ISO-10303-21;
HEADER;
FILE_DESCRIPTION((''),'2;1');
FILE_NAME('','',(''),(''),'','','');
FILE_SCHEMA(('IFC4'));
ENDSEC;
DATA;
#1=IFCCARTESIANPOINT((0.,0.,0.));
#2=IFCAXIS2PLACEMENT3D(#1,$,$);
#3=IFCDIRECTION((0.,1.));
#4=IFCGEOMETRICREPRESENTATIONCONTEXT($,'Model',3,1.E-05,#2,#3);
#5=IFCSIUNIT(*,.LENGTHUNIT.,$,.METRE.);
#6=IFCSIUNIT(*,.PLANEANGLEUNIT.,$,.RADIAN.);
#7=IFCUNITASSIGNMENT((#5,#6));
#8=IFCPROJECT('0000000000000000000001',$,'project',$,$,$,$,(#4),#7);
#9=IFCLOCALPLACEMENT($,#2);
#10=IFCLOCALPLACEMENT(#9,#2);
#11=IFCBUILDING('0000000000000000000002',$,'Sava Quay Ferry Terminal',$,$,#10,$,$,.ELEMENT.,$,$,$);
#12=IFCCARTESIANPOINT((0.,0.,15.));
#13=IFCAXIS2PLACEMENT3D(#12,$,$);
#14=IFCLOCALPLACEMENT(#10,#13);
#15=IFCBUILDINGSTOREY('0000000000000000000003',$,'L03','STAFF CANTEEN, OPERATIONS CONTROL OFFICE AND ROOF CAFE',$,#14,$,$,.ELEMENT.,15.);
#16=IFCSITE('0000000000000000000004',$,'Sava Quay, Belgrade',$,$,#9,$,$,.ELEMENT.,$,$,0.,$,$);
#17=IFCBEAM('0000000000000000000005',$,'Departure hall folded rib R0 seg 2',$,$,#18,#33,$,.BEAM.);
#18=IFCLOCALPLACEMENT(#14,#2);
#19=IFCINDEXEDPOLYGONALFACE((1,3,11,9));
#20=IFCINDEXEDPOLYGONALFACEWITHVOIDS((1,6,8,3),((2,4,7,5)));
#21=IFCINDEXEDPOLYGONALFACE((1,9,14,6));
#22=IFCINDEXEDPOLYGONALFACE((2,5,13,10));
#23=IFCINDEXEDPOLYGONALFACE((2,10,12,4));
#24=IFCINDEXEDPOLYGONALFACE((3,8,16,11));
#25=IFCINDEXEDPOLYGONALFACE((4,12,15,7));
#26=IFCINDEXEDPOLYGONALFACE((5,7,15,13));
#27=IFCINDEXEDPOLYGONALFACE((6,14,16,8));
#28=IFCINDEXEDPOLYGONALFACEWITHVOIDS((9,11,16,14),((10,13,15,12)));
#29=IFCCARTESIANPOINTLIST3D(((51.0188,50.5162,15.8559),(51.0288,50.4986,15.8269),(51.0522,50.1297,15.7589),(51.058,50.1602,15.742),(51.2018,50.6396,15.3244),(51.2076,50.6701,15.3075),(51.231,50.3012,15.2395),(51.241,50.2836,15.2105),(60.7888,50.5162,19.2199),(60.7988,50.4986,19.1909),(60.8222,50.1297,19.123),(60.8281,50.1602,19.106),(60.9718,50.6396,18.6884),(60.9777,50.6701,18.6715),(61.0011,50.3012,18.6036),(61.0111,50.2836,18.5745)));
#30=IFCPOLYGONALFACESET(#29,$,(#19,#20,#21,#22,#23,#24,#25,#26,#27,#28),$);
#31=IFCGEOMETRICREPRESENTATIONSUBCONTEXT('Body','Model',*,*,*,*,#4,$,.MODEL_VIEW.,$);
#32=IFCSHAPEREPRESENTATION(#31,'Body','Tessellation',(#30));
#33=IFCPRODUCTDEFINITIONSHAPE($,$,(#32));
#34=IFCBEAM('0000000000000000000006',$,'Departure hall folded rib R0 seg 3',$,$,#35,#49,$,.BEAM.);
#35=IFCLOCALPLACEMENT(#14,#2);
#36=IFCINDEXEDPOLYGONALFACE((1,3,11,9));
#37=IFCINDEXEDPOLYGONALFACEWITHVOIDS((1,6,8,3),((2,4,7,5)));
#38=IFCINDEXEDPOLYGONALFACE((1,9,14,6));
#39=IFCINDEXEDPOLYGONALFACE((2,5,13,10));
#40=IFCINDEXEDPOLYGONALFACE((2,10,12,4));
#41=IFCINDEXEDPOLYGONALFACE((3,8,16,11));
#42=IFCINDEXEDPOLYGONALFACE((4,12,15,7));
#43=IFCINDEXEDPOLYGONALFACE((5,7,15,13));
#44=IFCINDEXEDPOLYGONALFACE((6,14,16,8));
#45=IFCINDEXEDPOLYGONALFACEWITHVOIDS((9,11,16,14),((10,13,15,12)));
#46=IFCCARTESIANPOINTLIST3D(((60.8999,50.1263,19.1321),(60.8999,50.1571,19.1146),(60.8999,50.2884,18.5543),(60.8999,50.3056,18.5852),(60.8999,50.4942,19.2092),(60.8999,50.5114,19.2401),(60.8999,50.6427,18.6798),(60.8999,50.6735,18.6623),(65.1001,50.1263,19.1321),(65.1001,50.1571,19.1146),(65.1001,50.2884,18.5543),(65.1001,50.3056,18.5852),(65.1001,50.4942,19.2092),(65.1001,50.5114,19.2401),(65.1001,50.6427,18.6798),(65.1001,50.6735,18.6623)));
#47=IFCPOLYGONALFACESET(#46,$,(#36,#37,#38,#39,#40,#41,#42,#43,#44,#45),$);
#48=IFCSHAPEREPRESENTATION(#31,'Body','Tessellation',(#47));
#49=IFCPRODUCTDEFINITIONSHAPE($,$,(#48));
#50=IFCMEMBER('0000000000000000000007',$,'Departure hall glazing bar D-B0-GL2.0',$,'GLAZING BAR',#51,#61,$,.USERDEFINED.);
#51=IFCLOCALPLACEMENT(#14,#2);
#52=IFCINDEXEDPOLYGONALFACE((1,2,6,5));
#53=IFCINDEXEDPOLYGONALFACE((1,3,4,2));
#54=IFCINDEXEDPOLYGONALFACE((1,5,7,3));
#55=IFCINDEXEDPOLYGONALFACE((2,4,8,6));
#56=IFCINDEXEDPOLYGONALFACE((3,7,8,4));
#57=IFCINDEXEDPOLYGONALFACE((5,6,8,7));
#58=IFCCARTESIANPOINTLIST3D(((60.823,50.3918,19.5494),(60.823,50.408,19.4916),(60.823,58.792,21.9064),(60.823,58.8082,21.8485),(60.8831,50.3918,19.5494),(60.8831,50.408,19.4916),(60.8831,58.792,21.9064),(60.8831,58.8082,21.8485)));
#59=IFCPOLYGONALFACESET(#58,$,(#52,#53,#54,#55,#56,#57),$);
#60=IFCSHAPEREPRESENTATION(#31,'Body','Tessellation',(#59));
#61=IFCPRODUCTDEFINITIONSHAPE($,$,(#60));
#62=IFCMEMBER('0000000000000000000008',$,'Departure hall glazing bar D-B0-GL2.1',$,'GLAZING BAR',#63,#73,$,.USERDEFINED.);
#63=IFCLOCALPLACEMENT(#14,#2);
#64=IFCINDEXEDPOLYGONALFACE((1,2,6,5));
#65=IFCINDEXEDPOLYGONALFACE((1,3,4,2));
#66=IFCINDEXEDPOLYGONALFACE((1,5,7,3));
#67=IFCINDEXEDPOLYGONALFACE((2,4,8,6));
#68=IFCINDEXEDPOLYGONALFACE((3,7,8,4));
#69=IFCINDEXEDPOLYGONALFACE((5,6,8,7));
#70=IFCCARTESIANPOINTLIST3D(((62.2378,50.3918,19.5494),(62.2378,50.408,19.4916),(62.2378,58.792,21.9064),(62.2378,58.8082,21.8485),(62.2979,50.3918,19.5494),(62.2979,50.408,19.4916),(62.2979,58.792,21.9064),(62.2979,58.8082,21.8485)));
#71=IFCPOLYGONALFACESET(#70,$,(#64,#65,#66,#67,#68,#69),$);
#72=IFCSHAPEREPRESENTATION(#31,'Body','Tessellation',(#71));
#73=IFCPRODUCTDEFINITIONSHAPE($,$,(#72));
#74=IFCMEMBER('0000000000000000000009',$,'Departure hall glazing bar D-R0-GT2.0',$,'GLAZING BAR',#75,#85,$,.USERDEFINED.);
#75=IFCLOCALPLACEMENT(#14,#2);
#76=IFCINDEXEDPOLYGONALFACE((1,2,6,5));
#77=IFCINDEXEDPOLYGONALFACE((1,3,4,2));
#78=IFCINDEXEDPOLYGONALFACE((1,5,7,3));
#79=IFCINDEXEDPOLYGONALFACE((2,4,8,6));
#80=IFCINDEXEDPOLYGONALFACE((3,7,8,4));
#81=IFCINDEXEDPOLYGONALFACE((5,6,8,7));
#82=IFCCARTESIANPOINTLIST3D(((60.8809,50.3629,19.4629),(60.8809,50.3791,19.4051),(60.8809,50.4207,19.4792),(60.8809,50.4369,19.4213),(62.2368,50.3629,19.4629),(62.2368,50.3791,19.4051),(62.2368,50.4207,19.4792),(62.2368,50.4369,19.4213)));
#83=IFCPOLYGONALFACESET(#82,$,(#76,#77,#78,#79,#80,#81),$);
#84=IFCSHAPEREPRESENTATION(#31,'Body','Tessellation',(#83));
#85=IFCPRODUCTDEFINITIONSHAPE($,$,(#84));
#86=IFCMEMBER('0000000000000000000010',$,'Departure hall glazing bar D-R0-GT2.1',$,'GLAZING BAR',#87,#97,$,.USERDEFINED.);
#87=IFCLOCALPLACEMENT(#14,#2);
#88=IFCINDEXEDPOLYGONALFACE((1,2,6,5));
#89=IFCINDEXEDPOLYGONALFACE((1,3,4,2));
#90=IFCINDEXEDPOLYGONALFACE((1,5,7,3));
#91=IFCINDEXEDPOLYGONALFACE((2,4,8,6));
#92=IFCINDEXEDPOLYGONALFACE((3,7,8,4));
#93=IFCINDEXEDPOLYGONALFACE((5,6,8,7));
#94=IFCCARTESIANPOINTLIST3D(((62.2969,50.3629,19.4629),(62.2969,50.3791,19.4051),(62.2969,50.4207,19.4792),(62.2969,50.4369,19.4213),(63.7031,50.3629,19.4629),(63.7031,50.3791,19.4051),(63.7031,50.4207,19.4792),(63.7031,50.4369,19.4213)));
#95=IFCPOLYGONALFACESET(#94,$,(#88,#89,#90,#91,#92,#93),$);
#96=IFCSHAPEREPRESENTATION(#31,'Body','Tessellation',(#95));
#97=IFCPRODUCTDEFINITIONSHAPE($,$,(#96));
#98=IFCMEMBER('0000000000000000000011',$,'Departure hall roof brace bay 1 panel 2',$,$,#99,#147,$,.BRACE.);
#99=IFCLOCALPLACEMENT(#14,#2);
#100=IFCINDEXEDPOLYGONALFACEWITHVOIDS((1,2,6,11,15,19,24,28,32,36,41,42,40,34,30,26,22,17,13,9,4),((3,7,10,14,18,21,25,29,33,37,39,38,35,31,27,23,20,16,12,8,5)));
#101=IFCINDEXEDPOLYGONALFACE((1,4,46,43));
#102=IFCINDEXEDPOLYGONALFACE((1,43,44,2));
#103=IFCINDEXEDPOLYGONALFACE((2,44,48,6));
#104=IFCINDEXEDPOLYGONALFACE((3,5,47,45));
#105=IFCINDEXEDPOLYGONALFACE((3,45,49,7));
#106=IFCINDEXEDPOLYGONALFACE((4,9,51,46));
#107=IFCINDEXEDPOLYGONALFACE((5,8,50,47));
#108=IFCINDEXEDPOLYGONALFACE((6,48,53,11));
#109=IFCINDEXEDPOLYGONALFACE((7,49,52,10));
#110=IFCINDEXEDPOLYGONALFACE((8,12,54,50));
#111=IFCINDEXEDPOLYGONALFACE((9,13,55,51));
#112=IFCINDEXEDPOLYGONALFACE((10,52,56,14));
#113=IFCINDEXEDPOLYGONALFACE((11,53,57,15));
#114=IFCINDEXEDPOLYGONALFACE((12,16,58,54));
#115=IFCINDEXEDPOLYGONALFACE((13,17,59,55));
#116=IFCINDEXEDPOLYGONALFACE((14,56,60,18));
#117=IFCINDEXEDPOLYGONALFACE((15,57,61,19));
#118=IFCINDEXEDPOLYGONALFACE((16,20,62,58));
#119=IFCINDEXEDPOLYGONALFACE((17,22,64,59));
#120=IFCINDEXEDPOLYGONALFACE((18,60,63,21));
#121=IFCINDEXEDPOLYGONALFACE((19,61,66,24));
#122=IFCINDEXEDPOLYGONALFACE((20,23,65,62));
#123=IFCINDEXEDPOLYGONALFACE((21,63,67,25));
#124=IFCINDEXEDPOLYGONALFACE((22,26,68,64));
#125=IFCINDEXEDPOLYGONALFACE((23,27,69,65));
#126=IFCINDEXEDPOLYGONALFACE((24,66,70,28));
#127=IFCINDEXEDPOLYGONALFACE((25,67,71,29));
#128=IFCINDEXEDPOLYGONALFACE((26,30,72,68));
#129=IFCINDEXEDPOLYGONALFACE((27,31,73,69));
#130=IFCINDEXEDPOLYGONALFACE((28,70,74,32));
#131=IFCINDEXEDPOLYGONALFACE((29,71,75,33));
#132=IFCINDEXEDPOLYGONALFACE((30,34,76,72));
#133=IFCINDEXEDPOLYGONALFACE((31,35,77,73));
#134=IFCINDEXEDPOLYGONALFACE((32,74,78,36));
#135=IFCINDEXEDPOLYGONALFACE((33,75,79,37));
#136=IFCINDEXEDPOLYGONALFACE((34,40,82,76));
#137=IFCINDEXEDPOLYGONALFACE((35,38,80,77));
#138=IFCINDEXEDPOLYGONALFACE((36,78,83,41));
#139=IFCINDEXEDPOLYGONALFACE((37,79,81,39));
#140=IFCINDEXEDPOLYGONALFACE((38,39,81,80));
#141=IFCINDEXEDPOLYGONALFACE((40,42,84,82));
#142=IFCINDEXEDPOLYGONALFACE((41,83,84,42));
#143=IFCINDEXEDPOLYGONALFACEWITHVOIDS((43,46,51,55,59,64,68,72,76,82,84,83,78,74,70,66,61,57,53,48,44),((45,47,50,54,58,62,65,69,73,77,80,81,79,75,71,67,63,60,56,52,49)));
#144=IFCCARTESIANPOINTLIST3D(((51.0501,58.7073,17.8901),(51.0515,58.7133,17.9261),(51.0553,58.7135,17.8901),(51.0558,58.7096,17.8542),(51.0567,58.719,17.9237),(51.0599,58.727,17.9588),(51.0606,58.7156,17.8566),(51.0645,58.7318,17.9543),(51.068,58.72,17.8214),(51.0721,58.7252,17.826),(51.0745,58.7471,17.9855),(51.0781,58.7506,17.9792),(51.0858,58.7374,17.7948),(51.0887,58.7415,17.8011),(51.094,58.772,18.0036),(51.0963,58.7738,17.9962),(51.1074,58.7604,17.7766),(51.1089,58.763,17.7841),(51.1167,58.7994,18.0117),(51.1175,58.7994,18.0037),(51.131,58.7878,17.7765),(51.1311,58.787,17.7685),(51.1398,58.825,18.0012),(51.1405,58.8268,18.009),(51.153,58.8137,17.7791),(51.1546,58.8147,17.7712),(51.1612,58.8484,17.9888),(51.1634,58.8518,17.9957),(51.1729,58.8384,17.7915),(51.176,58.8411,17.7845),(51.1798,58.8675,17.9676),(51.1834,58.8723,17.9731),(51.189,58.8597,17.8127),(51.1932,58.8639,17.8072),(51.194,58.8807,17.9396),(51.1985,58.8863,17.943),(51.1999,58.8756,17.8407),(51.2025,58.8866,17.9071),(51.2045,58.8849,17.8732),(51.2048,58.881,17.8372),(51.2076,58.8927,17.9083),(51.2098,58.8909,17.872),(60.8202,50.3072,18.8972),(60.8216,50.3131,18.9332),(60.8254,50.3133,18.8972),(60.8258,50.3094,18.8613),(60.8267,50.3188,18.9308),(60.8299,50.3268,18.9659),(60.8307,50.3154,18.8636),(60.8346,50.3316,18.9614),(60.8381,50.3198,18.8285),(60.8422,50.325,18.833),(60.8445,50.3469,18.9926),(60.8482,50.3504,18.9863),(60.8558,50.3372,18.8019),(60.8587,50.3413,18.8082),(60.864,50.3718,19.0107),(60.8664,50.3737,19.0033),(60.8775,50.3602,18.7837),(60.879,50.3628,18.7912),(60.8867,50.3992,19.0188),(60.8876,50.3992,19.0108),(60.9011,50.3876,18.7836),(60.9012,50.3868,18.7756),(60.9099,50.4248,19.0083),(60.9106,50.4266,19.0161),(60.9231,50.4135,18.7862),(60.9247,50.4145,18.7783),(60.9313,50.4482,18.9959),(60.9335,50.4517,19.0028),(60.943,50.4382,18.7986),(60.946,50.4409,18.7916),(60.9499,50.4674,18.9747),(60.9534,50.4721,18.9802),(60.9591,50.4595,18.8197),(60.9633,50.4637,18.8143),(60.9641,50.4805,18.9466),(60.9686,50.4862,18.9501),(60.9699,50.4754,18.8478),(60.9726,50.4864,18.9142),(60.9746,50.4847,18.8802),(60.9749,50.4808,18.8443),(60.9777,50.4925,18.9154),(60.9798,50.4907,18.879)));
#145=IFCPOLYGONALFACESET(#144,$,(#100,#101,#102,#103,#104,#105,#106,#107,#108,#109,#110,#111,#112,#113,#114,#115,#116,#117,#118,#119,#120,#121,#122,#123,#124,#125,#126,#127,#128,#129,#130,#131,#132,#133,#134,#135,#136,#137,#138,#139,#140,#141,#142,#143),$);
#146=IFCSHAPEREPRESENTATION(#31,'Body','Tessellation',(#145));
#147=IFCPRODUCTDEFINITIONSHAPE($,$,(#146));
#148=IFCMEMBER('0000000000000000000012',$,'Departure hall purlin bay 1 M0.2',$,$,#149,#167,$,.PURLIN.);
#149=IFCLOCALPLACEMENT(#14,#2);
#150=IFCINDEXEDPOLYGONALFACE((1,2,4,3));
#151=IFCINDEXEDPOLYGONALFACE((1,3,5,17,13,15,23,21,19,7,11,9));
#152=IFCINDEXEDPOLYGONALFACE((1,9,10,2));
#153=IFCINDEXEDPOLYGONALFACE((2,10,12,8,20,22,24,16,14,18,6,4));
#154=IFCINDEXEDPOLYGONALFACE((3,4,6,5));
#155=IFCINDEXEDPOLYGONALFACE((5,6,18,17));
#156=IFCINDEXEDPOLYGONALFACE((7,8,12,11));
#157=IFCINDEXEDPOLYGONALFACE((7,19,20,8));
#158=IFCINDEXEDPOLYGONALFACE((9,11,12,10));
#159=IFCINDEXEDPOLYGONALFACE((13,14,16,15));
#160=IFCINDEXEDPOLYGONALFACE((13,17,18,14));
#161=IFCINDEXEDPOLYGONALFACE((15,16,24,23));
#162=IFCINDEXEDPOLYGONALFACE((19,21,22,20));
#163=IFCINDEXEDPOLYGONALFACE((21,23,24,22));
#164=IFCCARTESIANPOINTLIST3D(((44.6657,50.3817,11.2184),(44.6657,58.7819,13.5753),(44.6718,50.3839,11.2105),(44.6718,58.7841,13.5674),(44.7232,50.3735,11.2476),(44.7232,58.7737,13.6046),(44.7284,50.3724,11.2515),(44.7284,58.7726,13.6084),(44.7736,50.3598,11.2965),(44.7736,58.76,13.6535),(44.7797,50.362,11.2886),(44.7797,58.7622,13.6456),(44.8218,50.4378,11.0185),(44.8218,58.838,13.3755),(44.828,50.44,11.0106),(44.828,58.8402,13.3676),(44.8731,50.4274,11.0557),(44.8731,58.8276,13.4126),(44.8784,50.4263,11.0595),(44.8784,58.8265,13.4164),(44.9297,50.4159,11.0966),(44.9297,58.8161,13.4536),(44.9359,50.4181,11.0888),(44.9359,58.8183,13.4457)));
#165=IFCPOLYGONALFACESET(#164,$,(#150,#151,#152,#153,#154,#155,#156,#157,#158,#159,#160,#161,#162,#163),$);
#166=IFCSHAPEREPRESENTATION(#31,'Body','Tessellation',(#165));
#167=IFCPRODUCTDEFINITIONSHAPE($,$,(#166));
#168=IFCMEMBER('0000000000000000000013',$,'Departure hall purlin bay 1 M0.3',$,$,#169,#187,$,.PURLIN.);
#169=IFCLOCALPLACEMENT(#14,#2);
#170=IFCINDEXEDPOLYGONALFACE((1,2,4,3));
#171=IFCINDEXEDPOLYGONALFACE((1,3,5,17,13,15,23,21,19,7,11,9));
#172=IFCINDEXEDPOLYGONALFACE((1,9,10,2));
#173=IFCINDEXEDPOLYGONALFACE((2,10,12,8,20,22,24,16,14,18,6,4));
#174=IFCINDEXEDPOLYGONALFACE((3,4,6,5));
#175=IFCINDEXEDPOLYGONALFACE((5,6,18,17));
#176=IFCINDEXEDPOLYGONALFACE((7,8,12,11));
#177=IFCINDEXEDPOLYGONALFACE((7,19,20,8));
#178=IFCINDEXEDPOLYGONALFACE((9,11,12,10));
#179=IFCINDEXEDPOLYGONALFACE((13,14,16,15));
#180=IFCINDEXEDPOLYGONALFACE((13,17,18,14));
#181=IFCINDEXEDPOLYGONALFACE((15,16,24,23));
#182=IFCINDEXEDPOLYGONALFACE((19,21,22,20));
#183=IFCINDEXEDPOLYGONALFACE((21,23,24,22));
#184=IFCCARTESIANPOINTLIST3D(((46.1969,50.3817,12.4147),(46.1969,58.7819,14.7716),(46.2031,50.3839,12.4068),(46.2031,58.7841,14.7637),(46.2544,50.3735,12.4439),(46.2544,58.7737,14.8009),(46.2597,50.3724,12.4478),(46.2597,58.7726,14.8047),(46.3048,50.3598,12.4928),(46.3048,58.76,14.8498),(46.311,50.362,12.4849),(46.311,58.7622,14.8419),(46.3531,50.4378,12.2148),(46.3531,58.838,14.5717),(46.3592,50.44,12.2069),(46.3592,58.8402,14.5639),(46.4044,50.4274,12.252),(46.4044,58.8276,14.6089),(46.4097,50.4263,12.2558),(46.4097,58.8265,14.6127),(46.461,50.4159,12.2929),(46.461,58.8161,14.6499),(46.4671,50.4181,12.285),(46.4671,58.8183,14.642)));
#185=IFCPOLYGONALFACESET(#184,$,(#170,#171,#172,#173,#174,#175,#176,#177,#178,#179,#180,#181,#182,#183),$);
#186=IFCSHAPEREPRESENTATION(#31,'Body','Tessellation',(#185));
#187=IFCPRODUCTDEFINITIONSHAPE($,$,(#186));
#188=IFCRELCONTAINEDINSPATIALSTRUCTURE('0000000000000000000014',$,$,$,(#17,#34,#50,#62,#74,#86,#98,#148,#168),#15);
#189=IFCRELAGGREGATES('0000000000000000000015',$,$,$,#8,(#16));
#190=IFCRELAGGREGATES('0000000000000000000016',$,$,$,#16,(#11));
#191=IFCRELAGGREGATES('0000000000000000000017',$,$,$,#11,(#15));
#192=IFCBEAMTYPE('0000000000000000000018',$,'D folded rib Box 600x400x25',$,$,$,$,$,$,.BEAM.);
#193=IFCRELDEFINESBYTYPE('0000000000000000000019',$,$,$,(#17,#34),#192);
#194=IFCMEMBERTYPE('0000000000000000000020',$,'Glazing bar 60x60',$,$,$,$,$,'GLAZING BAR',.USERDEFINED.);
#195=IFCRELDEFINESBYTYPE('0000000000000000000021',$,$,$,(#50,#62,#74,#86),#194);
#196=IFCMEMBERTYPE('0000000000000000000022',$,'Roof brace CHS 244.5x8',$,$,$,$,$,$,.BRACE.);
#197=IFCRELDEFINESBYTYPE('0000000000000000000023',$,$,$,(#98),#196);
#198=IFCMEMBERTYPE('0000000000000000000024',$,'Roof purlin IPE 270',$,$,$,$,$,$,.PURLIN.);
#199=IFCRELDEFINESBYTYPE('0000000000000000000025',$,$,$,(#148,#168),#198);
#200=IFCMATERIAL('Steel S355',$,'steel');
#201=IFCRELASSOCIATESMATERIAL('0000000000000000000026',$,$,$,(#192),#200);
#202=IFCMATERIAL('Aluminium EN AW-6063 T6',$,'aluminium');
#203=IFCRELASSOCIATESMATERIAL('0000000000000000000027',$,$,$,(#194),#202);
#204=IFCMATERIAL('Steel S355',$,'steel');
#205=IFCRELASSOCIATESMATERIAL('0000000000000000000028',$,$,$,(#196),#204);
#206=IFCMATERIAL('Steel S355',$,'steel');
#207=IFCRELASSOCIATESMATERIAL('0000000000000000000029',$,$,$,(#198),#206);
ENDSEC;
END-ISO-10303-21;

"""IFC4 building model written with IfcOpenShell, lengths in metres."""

from ifc_helpers import new_model, si_unit, direction, frame, origin, origin_2d, place, context, subcontext, project, spatial, polyline, rectangle, hollow_circle, i_section, outline, extrude, material, material_profile, profile_set, type_object, element, save


model = new_model("IFC4")

# Units and contexts
model_context = context("Model", 3, precision=1e-05, world=origin(), true_north=direction((0.0, 1.0)))
body_context = subcontext(model_context, "Body", "Model", "MODEL_VIEW")
ifc_project = project(units=[si_unit("LENGTHUNIT", "METRE"), si_unit("PLANEANGLEUNIT", "RADIAN")], contexts=[model_context])

# Site, building, storey
site_placement = place(None, origin())
site = spatial("IfcSite", under=ifc_project, at=site_placement, Name="Sava Quay, Belgrade", CompositionType="ELEMENT", RefElevation=0.0)
building_placement = place(site_placement, origin())
building = spatial("IfcBuilding", under=site, at=building_placement, Name="Sava Quay Ferry Terminal", CompositionType="ELEMENT")
storey_placement = place(building_placement, frame((0.0, 0.0, 15.0)))
storey = spatial("IfcBuildingStorey", under=building, at=storey_placement, Name="L03", Description="STAFF CANTEEN, OPERATIONS CONTROL OFFICE AND ROOF CAFE", CompositionType="ELEMENT", Elevation=15.0)

# Beams
ifc_material_1 = material(Name="Steel S355", Category="steel")
ifc_material_profile_1 = material_profile(ifc_material_1, outline(polyline([(-0.2, -0.3), (0.2, -0.3), (0.2, 0.3), (-0.2, 0.3), (-0.2, -0.3)]), holes=[polyline([(-0.175, -0.2749), (-0.175, 0.2749), (0.175, 0.2749), (0.175, -0.2749), (-0.175, -0.2749)])]), Name="Box 600x400x25 built-up")
ifc_profile_set_1 = profile_set([ifc_material_profile_1], Name="Steel S355")
beam_type = type_object("IfcBeamType", Name="D folded rib Box 600x400x25", PredefinedType="BEAM", material=ifc_profile_set_1)
beam_1_placement = place(storey_placement, frame((51.1299, 50.3999, 15.5332), z_axis=(0.945521, 0.0, 0.325562), x_axis=(-0.083486, 0.966561, 0.242466)))
element("IfcBeam", 1, at=beam_1_placement, inside=storey, type_object=beam_type, Name="Departure hall folded rib R0 seg 2", PredefinedType="BEAM", context=body_context, shape_type="SweptSolid", body=[
    extrude(outline(polyline([(-0.2, -0.3), (0.2, -0.3), (0.2, 0.3), (-0.2, 0.3), (-0.2, -0.3)]), holes=[polyline([(-0.175, -0.2749), (-0.175, 0.2749), (0.175, 0.2749), (0.175, -0.2749), (-0.175, -0.2749)])]), origin(), (0.0, 0.0, 1.0), 10.333),
])
beam_2_placement = place(storey_placement, frame((60.8999, 50.3999, 18.8972), z_axis=(1.0, 0.0, 0.0), x_axis=(0.0, 0.962815, 0.270161)))
element("IfcBeam", 2, at=beam_2_placement, inside=storey, type_object=beam_type, Name="Departure hall folded rib R0 seg 3", PredefinedType="BEAM", context=body_context, shape_type="SweptSolid", body=[
    extrude(outline(polyline([(-0.2, -0.3), (0.2, -0.3), (0.2, 0.3), (-0.2, 0.3), (-0.2, -0.3)]), holes=[polyline([(-0.175, -0.2749), (-0.175, 0.2749), (0.175, 0.2749), (0.175, -0.2749), (-0.175, -0.2749)])]), origin(), (0.0, 0.0, 1.0), 4.2002),
])

# Members
ifc_material_2 = material(Name="Aluminium EN AW-6063 T6", Category="aluminium")
ifc_material_profile_2 = material_profile(ifc_material_2, rectangle(XDim=0.0601, YDim=0.0601, at=origin_2d()), Name="Bar 60 x 60")
ifc_profile_set_2 = profile_set([ifc_material_profile_2], Name="Aluminium EN AW-6063 T6")
member_type_1 = type_object("IfcMemberType", Name="Glazing bar 60x60", ElementType="GLAZING BAR", PredefinedType="USERDEFINED", material=ifc_profile_set_2)
for number, where, z_axis, x_axis, name in (
    (3, (60.853, 50.3999, 19.5205), (0.0, 0.962818, 0.27015), (-1.0, 0.0, 0.0), "Departure hall glazing bar D-B0-GL2.0"),
    (4, (62.2678, 50.3999, 19.5205), (0.0, 0.962818, 0.27015), (-1.0, 0.0, 0.0), "Departure hall glazing bar D-B0-GL2.1"),
):
    element("IfcMember", number, at=place(storey_placement, frame(where, z_axis=z_axis, x_axis=x_axis)), inside=storey, type_object=member_type_1, Name=name, ObjectType="GLAZING BAR", PredefinedType="USERDEFINED", context=body_context, shape_type="SweptSolid", body=[
        extrude(rectangle(XDim=0.0601, YDim=0.0601, at=origin_2d()), origin(), (0.0, 0.0, 1.0), 8.7246),
    ])
member_1_placement = place(storey_placement, frame((60.8809, 50.3999, 19.4421), z_axis=(1.0, 0.0, 0.0), x_axis=(0.0, 0.962815, 0.270161)))
element("IfcMember", 5, at=member_1_placement, inside=storey, type_object=member_type_1, Name="Departure hall glazing bar D-R0-GT2.0", ObjectType="GLAZING BAR", PredefinedType="USERDEFINED", context=body_context, shape_type="SweptSolid", body=[
    extrude(rectangle(XDim=0.0601, YDim=0.0601, at=origin_2d()), origin(), (0.0, 0.0, 1.0), 1.356),
])
member_2_placement = place(storey_placement, frame((62.2969, 50.3999, 19.4421), z_axis=(1.0, 0.0, 0.0), x_axis=(0.0, 0.962815, 0.270161)))
element("IfcMember", 6, at=member_2_placement, inside=storey, type_object=member_type_1, Name="Departure hall glazing bar D-R0-GT2.1", ObjectType="GLAZING BAR", PredefinedType="USERDEFINED", context=body_context, shape_type="SweptSolid", body=[
    extrude(rectangle(XDim=0.0601, YDim=0.0601, at=origin_2d()), origin(), (0.0, 0.0, 1.0), 1.4062),
])
ifc_material_3 = material(Name="Steel S355", Category="steel")
ifc_material_profile_3 = material_profile(ifc_material_3, hollow_circle(Radius=0.1223, WallThickness=0.0081, at=origin_2d()), Name="CHS 244.5 x 8.0")
ifc_profile_set_3 = profile_set([ifc_material_profile_3], Name="Steel S355")
member_type_2 = type_object("IfcMemberType", Name="Roof brace CHS 244.5x8", PredefinedType="BRACE", material=ifc_profile_set_3)
member_3_placement = place(storey_placement, frame((60.8999, 50.3999, 18.8972), z_axis=(-0.755959, 0.649965, -0.077923), x_axis=(-0.651947, -0.758265, 0.0)))
element("IfcMember", 7, at=member_3_placement, inside=storey, type_object=member_type_2, Name="Departure hall roof brace bay 1 panel 2", PredefinedType="BRACE", context=body_context, shape_type="SweptSolid", body=[
    extrude(hollow_circle(Radius=0.1223, WallThickness=0.0081, at=origin_2d()), origin(), (0.0, 0.0, 1.0), 12.9241),
])
ifc_material_4 = material(Name="Steel S355", Category="steel")
ifc_material_profile_4 = material_profile(ifc_material_4, i_section(OverallWidth=0.135, OverallDepth=0.27, WebThickness=0.0066, FlangeThickness=0.0103, at=origin_2d()), Name="IPE 270")
ifc_profile_set_4 = profile_set([ifc_material_profile_4], Name="Steel S355")
member_type_3 = type_object("IfcMemberType", Name="Roof purlin IPE 270", PredefinedType="PURLIN", material=ifc_profile_set_4)
for number, where, z_axis, x_axis, name in (
    (8, (44.8008, 50.3999, 11.1536), (0.0, 0.962818, 0.27015), (-0.799142, 0.162398, -0.57879), "Departure hall purlin bay 1 M0.2"),
    (9, (46.332, 50.3999, 12.3499), (0.0, 0.962818, 0.27015), (-0.799142, 0.162398, -0.57879), "Departure hall purlin bay 1 M0.3"),
):
    element("IfcMember", number, at=place(storey_placement, frame(where, z_axis=z_axis, x_axis=x_axis)), inside=storey, type_object=member_type_3, Name=name, PredefinedType="PURLIN", context=body_context, shape_type="SweptSolid", body=[
        extrude(i_section(OverallWidth=0.135, OverallDepth=0.27, WebThickness=0.0066, FlangeThickness=0.0103, at=origin_2d()), origin(), (0.0, 0.0, 1.0), 8.7246),
    ])

save(model, "model.ifc")
